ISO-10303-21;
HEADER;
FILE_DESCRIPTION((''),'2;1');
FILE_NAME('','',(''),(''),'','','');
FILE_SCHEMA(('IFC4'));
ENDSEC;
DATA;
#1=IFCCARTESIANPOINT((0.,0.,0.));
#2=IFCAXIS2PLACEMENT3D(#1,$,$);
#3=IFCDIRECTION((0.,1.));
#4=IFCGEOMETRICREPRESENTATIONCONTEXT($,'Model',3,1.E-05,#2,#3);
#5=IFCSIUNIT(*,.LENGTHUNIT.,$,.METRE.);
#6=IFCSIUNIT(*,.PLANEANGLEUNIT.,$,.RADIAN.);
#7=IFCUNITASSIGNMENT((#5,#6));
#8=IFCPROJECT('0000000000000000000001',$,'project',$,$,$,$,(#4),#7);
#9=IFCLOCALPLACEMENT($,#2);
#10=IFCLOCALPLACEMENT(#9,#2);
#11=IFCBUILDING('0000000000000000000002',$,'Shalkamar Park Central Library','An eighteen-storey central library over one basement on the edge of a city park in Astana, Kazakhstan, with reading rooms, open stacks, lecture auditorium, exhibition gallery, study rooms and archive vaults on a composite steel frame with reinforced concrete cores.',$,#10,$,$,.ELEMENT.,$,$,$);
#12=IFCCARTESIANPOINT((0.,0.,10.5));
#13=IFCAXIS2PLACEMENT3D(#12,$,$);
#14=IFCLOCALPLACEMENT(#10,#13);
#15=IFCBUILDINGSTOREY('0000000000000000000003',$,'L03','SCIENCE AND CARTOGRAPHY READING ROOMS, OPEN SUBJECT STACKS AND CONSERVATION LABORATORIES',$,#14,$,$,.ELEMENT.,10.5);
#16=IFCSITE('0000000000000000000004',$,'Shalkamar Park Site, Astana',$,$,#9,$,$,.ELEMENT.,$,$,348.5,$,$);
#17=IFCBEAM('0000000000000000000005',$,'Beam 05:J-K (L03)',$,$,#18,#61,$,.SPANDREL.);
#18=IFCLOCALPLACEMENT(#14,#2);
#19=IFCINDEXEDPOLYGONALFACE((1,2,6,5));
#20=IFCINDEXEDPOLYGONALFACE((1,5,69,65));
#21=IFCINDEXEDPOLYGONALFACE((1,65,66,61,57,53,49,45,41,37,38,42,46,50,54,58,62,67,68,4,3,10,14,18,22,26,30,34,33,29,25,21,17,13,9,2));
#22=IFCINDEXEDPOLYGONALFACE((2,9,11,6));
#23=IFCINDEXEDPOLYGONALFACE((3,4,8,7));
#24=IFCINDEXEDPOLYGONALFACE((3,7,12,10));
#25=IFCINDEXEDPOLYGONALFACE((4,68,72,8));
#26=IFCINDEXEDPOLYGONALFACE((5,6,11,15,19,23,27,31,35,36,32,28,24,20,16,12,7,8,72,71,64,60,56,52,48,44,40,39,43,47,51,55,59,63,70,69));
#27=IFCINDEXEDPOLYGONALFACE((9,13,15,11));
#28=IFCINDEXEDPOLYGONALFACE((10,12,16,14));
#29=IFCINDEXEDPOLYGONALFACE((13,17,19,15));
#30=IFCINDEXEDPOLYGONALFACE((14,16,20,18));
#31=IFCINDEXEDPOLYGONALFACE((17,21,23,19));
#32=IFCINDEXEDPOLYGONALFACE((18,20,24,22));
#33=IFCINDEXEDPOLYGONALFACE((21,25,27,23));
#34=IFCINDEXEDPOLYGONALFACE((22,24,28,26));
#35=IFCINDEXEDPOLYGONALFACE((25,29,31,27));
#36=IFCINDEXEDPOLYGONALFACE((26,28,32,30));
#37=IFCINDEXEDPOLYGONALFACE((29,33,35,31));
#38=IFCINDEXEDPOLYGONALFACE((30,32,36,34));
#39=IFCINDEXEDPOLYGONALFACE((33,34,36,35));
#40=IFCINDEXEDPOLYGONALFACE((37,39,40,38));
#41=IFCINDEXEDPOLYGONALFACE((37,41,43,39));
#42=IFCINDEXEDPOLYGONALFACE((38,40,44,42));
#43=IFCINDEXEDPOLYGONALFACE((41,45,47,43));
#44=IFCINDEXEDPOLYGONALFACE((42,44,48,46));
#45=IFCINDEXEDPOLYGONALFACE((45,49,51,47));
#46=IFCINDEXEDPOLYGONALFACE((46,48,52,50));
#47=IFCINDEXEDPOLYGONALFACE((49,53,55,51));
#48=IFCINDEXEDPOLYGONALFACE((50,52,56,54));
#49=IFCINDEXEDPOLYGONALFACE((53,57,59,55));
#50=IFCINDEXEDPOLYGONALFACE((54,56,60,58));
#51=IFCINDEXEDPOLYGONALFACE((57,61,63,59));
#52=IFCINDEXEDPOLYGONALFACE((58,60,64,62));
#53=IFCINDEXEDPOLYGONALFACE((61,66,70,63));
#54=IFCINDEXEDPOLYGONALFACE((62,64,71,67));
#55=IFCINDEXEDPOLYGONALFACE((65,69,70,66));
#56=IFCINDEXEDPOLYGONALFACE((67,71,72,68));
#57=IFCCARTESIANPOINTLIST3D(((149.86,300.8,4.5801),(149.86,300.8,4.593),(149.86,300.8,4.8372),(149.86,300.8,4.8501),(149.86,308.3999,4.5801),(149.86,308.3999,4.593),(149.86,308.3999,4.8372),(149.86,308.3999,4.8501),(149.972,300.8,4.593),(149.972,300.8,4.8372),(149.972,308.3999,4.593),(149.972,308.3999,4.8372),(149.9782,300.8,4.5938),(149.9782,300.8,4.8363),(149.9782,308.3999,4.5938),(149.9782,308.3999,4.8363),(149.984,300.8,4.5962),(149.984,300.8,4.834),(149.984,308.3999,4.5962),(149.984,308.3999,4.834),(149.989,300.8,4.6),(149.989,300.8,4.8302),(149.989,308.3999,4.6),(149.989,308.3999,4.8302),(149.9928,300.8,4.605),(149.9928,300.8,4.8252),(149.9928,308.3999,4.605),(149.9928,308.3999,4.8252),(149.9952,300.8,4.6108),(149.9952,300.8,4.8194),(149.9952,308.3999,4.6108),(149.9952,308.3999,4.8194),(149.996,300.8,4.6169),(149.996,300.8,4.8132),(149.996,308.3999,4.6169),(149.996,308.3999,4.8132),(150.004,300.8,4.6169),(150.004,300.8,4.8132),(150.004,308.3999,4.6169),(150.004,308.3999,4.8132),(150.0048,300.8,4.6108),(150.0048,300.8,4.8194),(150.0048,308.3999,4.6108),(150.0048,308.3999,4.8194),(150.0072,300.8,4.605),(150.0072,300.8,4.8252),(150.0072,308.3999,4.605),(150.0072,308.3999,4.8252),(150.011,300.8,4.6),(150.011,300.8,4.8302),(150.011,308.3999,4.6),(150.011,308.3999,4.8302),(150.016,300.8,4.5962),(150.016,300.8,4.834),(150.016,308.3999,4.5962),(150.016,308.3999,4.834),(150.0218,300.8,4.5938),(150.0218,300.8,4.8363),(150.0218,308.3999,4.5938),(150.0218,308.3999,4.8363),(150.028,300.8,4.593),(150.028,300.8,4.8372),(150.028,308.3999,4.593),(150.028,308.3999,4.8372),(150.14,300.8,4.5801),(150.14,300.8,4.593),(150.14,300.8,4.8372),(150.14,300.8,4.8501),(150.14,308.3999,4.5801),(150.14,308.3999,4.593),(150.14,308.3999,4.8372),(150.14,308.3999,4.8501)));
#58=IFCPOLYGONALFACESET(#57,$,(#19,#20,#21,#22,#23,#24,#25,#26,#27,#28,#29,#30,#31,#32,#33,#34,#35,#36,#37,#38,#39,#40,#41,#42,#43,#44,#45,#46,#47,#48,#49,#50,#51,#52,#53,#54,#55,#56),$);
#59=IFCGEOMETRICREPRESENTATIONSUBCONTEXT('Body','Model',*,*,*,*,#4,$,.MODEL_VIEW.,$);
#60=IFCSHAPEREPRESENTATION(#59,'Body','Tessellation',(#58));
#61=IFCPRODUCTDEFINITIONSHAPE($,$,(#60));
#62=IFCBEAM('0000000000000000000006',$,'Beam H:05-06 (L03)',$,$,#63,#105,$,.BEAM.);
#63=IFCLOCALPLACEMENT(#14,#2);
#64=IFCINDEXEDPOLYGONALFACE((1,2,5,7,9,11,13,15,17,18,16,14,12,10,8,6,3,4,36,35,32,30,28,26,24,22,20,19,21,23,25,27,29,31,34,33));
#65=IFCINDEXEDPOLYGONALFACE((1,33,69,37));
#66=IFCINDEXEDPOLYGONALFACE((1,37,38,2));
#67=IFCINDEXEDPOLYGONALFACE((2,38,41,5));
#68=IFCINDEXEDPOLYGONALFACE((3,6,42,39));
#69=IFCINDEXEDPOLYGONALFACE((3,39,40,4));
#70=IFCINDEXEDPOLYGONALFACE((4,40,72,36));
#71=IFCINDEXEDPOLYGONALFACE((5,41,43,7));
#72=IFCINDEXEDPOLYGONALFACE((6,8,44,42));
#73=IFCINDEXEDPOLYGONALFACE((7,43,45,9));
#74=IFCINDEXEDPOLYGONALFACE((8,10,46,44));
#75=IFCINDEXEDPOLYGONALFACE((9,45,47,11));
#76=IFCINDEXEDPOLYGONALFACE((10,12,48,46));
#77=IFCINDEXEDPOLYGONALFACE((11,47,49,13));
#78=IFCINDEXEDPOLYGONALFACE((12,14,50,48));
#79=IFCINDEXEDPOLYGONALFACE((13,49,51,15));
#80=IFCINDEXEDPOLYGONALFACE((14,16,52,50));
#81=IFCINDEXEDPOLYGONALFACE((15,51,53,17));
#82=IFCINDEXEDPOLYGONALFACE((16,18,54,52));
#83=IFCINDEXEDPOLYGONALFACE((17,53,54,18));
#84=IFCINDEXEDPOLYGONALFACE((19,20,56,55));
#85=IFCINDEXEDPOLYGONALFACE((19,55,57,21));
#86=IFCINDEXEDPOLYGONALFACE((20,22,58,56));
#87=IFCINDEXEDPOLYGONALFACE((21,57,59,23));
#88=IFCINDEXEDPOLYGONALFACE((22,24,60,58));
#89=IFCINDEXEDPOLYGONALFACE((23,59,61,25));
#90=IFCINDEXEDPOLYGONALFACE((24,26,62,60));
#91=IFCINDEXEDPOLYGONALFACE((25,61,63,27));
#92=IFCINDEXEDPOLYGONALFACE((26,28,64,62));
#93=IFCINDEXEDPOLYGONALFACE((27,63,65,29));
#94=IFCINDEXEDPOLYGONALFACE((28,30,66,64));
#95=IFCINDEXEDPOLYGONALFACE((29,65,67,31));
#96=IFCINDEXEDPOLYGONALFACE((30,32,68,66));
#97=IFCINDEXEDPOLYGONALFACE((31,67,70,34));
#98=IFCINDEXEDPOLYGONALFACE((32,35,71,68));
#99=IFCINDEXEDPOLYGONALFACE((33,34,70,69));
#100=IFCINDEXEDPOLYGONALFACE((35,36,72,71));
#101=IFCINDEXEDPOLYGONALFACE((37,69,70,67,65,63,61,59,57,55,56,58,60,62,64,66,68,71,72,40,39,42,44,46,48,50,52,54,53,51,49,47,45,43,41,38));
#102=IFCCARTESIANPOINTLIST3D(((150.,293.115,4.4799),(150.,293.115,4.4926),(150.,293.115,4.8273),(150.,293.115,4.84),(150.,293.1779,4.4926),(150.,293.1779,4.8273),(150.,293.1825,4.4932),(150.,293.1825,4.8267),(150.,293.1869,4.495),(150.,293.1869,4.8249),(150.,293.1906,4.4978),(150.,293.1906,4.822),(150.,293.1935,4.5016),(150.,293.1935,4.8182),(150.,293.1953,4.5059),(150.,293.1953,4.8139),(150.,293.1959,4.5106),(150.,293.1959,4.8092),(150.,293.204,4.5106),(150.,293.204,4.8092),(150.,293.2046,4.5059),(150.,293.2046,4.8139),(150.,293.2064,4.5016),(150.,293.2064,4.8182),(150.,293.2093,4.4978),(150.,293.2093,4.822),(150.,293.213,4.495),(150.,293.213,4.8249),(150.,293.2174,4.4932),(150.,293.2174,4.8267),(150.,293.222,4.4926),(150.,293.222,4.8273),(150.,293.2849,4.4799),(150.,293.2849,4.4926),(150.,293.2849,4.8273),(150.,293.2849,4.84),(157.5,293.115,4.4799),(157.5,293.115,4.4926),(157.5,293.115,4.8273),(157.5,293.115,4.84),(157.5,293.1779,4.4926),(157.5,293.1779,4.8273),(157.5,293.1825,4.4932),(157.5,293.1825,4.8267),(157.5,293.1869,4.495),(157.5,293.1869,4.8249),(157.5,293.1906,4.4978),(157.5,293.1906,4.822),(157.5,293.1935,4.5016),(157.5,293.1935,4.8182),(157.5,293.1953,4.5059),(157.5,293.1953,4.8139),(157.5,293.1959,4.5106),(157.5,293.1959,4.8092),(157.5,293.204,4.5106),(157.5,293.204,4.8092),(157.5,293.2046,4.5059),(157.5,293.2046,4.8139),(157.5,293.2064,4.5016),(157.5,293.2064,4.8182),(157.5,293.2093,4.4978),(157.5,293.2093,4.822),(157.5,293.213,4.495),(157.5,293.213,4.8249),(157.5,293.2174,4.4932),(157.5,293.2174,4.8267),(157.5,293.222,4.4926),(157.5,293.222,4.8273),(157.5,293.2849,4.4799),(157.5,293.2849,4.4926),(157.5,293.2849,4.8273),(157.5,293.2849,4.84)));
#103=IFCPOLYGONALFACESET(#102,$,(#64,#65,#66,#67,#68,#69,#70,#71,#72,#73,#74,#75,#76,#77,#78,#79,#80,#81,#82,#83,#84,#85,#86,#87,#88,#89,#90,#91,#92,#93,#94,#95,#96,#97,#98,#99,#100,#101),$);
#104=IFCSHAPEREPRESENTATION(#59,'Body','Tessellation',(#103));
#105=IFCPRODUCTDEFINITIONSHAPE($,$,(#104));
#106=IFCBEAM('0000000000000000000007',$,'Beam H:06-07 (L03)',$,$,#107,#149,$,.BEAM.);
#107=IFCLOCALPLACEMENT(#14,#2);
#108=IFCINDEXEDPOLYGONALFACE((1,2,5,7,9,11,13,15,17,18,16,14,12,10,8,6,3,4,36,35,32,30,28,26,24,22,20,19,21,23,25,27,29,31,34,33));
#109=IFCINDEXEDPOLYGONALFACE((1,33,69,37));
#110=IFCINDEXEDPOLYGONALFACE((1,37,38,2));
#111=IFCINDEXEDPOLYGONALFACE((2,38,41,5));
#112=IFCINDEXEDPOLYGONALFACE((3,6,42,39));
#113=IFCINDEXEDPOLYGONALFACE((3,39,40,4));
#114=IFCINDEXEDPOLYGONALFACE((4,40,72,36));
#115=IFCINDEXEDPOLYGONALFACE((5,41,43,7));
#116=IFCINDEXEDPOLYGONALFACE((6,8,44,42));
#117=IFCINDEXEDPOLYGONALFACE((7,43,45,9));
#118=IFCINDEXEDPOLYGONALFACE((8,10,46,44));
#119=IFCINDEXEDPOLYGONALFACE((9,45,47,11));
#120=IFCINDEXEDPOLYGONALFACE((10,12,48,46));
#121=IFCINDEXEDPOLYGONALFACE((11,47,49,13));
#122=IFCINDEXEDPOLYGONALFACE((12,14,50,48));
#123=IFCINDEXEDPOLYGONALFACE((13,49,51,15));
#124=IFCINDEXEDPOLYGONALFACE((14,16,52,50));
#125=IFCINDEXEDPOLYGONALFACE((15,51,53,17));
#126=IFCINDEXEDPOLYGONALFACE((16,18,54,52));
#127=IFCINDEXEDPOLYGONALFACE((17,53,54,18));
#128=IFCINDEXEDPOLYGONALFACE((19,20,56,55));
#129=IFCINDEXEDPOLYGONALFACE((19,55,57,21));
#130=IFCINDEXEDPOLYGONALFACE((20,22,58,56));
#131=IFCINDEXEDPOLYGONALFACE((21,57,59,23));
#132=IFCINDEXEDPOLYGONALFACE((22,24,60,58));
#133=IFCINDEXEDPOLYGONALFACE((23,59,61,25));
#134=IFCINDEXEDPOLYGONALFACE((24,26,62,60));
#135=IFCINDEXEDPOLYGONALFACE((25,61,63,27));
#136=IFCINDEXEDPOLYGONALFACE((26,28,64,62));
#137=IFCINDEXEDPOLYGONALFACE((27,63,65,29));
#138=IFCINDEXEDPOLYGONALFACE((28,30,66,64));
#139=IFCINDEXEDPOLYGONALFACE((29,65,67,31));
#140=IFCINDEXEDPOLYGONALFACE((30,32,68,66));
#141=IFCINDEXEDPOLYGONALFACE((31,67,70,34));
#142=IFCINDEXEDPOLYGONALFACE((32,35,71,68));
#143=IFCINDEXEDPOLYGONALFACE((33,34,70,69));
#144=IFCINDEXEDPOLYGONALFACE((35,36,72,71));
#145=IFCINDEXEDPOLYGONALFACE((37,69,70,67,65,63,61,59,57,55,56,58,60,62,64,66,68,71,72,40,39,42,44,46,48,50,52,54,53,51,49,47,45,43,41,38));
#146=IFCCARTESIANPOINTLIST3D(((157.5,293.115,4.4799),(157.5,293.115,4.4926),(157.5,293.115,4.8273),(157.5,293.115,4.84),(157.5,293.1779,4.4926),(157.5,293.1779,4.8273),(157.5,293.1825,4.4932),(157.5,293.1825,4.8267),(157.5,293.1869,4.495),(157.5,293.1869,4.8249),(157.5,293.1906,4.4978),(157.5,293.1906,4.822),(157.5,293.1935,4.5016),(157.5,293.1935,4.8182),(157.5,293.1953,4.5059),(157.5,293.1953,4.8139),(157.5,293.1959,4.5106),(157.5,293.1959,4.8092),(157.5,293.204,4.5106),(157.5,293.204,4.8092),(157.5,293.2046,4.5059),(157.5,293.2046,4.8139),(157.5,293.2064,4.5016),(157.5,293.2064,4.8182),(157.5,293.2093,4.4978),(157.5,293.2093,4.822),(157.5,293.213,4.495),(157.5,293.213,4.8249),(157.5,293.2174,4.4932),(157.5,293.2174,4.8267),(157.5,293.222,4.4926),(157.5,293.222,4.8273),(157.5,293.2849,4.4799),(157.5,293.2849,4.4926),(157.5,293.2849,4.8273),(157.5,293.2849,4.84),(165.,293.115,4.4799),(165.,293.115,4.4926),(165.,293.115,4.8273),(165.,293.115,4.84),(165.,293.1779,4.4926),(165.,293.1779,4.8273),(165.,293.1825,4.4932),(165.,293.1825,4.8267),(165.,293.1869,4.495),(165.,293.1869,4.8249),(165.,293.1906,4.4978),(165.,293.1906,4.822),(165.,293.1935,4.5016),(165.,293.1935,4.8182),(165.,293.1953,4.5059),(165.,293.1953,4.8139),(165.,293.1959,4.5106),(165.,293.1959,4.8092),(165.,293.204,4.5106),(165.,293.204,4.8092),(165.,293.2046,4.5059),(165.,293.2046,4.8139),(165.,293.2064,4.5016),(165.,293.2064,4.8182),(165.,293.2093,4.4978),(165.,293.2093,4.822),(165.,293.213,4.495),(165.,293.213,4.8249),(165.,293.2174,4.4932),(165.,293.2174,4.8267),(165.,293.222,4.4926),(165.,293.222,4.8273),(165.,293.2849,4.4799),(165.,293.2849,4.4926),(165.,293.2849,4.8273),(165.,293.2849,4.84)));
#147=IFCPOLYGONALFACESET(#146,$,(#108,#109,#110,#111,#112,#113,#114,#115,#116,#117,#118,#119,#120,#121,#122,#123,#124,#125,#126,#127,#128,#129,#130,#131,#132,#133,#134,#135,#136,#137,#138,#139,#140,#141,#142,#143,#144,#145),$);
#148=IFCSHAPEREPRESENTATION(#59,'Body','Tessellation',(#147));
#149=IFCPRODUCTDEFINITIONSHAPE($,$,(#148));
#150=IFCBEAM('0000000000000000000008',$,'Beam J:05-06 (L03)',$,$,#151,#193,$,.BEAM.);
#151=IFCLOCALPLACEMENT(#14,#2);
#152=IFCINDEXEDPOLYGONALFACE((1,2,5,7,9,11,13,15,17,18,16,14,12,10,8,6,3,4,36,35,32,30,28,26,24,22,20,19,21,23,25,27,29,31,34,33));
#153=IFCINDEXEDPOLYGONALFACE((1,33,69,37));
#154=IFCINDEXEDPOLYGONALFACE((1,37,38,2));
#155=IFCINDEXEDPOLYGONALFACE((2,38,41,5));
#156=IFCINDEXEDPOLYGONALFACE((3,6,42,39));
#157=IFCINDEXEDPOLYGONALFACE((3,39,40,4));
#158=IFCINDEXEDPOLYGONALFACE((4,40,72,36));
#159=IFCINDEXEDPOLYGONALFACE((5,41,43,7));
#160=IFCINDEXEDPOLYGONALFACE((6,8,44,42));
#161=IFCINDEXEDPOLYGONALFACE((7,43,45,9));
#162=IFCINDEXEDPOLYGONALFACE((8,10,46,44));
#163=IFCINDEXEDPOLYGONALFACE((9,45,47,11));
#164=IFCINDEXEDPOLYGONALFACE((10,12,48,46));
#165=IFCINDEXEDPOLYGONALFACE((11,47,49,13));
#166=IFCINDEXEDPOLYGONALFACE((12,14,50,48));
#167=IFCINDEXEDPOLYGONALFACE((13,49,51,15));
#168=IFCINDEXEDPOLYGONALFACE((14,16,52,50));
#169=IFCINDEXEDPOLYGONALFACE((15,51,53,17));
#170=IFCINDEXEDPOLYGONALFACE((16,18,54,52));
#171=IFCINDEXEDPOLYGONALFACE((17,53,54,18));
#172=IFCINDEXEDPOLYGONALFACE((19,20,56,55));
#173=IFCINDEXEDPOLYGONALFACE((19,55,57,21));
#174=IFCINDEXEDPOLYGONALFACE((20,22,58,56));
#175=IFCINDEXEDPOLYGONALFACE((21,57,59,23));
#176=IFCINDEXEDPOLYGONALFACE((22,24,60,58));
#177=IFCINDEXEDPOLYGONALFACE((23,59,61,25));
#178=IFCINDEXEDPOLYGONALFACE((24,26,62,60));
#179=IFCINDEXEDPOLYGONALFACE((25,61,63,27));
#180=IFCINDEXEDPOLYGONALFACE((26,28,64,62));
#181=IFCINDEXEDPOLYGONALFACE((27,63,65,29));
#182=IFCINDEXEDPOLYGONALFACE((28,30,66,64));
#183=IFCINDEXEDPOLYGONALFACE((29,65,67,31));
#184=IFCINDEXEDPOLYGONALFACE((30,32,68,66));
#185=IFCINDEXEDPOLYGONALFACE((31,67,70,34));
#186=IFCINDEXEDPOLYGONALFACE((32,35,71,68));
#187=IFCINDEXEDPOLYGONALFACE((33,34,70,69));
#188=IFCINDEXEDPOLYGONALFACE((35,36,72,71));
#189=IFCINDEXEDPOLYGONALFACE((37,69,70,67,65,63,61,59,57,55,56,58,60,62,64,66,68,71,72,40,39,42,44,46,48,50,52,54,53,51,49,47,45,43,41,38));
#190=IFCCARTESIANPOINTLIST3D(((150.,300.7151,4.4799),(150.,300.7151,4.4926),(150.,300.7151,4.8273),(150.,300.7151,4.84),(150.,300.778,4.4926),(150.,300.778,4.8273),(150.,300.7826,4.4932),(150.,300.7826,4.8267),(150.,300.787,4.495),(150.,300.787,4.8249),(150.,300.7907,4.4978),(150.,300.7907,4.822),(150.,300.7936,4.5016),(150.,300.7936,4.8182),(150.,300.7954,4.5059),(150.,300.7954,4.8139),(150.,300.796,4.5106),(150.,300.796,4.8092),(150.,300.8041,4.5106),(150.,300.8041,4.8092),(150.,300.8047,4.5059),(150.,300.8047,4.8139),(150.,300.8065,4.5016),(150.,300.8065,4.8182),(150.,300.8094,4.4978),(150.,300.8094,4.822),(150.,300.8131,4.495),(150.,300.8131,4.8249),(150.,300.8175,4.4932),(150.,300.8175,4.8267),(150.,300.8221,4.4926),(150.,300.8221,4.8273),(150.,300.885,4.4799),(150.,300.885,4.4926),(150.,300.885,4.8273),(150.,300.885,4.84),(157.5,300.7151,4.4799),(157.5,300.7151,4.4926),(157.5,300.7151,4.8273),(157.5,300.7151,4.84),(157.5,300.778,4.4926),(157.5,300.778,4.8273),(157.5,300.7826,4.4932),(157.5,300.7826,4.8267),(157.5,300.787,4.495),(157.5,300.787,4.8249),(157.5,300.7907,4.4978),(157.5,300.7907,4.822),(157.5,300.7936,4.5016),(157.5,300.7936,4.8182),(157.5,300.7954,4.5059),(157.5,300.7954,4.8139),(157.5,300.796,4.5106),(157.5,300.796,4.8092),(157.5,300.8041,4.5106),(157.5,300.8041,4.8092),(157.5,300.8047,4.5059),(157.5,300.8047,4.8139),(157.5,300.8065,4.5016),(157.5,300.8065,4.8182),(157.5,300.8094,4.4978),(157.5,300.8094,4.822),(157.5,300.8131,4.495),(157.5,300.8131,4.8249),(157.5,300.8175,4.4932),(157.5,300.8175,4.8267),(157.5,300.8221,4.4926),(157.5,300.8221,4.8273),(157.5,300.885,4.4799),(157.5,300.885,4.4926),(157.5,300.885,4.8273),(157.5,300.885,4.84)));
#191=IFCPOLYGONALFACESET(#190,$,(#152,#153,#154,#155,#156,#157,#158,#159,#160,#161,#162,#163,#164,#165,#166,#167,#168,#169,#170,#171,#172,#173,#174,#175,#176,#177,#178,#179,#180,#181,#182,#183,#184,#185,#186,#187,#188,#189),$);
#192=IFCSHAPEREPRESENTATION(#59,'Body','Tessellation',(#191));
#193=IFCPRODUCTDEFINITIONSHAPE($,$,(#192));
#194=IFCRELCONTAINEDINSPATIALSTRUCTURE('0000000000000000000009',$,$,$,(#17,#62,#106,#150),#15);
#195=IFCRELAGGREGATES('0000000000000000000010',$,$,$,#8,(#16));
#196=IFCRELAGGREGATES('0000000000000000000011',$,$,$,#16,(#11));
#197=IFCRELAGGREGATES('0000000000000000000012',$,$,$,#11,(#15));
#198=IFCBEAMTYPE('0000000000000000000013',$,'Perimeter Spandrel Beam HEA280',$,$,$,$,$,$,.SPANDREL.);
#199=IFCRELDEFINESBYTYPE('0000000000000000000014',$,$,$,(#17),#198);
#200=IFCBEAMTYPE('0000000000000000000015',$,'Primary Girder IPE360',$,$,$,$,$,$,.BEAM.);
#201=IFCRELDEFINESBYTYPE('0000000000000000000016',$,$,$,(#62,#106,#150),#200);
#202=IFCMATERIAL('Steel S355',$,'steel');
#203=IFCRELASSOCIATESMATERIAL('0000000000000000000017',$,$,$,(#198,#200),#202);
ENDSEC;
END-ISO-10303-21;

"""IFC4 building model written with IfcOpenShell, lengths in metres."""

from ifc_helpers import new_model, si_unit, direction, frame, origin, origin_2d, place, context, subcontext, project, spatial, i_section, extrude, material, material_profile, profile_set, type_object, element, save


model = new_model("IFC4")

# Units and contexts
model_context = context("Model", 3, precision=1e-05, world=origin(), true_north=direction((0.0, 1.0)))
body_context = subcontext(model_context, "Body", "Model", "MODEL_VIEW")
ifc_project = project(units=[si_unit("LENGTHUNIT", "METRE"), si_unit("PLANEANGLEUNIT", "RADIAN")], contexts=[model_context])

# Site, building, storey
site_placement = place(None, origin())
site = spatial("IfcSite", under=ifc_project, at=site_placement, Name="Shalkamar Park Site, Astana", CompositionType="ELEMENT", RefElevation=348.5)
building_placement = place(site_placement, origin())
building = spatial("IfcBuilding", under=site, at=building_placement, Name="Shalkamar Park Central Library", Description="An eighteen-storey central library over one basement on the edge of a city park in Astana, Kazakhstan, with reading rooms, open stacks, lecture auditorium, exhibition gallery, study rooms and archive vaults on a composite steel frame with reinforced concrete cores.", CompositionType="ELEMENT")
storey_placement = place(building_placement, frame((0.0, 0.0, 10.5)))
storey = spatial("IfcBuildingStorey", under=building, at=storey_placement, Name="L03", Description="SCIENCE AND CARTOGRAPHY READING ROOMS, OPEN SUBJECT STACKS AND CONSERVATION LABORATORIES", CompositionType="ELEMENT", Elevation=10.5)

# Shared definitions
ifc_material_1 = material(Name="Steel S355", Category="steel")

# Beams
ifc_material_profile_1 = material_profile(ifc_material_1, i_section(OverallWidth=0.28, OverallDepth=0.27, WebThickness=0.0081, FlangeThickness=0.0129, FilletRadius=0.0239, at=origin_2d()), Name="HEA 280")
ifc_profile_set_1 = profile_set([ifc_material_profile_1], Name="Steel S355")
beam_type_1 = type_object("IfcBeamType", Name="Perimeter Spandrel Beam HEA280", PredefinedType="SPANDREL", material=ifc_profile_set_1)
beam_1_placement = place(storey_placement, frame((150.0, 300.8, 4.7151), z_axis=(0.0, 1.0, 0.0), x_axis=(-1.0, 0.0, 0.0)))
element("IfcBeam", 1, at=beam_1_placement, inside=storey, type_object=beam_type_1, Name="Beam 05:J-K (L03)", PredefinedType="SPANDREL", context=body_context, shape_type="SweptSolid", body=[
    extrude(i_section(OverallWidth=0.28, OverallDepth=0.27, WebThickness=0.0081, FlangeThickness=0.0129, FilletRadius=0.0239, at=origin_2d()), origin(), (0.0, 0.0, 1.0), 7.5999),
])
ifc_material_profile_2 = material_profile(ifc_material_1, i_section(OverallWidth=0.1699, OverallDepth=0.3601, WebThickness=0.0081, FlangeThickness=0.0127, FilletRadius=0.0181, at=origin_2d()), Name="IPE 360")
ifc_profile_set_2 = profile_set([ifc_material_profile_2], Name="Steel S355")
beam_type_2 = type_object("IfcBeamType", Name="Primary Girder IPE360", PredefinedType="BEAM", material=ifc_profile_set_2)
for number, where, z_axis, x_axis, name in (
    (2, (150.0, 293.2, 4.6599), (1.0, 0.0, 0.0), (0.0, 1.0, 0.0), "Beam H:05-06 (L03)"),
    (3, (157.5, 293.2, 4.6599), (1.0, 0.0, 0.0), (0.0, 1.0, 0.0), "Beam H:06-07 (L03)"),
    (4, (150.0, 300.8, 4.6599), (1.0, 0.0, 0.0), (0.0, 1.0, 0.0), "Beam J:05-06 (L03)"),
):
    element("IfcBeam", number, at=place(storey_placement, frame(where, z_axis=z_axis, x_axis=x_axis)), inside=storey, type_object=beam_type_2, Name=name, PredefinedType="BEAM", context=body_context, shape_type="SweptSolid", body=[
        extrude(i_section(OverallWidth=0.1699, OverallDepth=0.3601, WebThickness=0.0081, FlangeThickness=0.0127, FilletRadius=0.0181, at=origin_2d()), origin(), (0.0, 0.0, 1.0), 7.5),
    ])

save(model, "model.ifc")
